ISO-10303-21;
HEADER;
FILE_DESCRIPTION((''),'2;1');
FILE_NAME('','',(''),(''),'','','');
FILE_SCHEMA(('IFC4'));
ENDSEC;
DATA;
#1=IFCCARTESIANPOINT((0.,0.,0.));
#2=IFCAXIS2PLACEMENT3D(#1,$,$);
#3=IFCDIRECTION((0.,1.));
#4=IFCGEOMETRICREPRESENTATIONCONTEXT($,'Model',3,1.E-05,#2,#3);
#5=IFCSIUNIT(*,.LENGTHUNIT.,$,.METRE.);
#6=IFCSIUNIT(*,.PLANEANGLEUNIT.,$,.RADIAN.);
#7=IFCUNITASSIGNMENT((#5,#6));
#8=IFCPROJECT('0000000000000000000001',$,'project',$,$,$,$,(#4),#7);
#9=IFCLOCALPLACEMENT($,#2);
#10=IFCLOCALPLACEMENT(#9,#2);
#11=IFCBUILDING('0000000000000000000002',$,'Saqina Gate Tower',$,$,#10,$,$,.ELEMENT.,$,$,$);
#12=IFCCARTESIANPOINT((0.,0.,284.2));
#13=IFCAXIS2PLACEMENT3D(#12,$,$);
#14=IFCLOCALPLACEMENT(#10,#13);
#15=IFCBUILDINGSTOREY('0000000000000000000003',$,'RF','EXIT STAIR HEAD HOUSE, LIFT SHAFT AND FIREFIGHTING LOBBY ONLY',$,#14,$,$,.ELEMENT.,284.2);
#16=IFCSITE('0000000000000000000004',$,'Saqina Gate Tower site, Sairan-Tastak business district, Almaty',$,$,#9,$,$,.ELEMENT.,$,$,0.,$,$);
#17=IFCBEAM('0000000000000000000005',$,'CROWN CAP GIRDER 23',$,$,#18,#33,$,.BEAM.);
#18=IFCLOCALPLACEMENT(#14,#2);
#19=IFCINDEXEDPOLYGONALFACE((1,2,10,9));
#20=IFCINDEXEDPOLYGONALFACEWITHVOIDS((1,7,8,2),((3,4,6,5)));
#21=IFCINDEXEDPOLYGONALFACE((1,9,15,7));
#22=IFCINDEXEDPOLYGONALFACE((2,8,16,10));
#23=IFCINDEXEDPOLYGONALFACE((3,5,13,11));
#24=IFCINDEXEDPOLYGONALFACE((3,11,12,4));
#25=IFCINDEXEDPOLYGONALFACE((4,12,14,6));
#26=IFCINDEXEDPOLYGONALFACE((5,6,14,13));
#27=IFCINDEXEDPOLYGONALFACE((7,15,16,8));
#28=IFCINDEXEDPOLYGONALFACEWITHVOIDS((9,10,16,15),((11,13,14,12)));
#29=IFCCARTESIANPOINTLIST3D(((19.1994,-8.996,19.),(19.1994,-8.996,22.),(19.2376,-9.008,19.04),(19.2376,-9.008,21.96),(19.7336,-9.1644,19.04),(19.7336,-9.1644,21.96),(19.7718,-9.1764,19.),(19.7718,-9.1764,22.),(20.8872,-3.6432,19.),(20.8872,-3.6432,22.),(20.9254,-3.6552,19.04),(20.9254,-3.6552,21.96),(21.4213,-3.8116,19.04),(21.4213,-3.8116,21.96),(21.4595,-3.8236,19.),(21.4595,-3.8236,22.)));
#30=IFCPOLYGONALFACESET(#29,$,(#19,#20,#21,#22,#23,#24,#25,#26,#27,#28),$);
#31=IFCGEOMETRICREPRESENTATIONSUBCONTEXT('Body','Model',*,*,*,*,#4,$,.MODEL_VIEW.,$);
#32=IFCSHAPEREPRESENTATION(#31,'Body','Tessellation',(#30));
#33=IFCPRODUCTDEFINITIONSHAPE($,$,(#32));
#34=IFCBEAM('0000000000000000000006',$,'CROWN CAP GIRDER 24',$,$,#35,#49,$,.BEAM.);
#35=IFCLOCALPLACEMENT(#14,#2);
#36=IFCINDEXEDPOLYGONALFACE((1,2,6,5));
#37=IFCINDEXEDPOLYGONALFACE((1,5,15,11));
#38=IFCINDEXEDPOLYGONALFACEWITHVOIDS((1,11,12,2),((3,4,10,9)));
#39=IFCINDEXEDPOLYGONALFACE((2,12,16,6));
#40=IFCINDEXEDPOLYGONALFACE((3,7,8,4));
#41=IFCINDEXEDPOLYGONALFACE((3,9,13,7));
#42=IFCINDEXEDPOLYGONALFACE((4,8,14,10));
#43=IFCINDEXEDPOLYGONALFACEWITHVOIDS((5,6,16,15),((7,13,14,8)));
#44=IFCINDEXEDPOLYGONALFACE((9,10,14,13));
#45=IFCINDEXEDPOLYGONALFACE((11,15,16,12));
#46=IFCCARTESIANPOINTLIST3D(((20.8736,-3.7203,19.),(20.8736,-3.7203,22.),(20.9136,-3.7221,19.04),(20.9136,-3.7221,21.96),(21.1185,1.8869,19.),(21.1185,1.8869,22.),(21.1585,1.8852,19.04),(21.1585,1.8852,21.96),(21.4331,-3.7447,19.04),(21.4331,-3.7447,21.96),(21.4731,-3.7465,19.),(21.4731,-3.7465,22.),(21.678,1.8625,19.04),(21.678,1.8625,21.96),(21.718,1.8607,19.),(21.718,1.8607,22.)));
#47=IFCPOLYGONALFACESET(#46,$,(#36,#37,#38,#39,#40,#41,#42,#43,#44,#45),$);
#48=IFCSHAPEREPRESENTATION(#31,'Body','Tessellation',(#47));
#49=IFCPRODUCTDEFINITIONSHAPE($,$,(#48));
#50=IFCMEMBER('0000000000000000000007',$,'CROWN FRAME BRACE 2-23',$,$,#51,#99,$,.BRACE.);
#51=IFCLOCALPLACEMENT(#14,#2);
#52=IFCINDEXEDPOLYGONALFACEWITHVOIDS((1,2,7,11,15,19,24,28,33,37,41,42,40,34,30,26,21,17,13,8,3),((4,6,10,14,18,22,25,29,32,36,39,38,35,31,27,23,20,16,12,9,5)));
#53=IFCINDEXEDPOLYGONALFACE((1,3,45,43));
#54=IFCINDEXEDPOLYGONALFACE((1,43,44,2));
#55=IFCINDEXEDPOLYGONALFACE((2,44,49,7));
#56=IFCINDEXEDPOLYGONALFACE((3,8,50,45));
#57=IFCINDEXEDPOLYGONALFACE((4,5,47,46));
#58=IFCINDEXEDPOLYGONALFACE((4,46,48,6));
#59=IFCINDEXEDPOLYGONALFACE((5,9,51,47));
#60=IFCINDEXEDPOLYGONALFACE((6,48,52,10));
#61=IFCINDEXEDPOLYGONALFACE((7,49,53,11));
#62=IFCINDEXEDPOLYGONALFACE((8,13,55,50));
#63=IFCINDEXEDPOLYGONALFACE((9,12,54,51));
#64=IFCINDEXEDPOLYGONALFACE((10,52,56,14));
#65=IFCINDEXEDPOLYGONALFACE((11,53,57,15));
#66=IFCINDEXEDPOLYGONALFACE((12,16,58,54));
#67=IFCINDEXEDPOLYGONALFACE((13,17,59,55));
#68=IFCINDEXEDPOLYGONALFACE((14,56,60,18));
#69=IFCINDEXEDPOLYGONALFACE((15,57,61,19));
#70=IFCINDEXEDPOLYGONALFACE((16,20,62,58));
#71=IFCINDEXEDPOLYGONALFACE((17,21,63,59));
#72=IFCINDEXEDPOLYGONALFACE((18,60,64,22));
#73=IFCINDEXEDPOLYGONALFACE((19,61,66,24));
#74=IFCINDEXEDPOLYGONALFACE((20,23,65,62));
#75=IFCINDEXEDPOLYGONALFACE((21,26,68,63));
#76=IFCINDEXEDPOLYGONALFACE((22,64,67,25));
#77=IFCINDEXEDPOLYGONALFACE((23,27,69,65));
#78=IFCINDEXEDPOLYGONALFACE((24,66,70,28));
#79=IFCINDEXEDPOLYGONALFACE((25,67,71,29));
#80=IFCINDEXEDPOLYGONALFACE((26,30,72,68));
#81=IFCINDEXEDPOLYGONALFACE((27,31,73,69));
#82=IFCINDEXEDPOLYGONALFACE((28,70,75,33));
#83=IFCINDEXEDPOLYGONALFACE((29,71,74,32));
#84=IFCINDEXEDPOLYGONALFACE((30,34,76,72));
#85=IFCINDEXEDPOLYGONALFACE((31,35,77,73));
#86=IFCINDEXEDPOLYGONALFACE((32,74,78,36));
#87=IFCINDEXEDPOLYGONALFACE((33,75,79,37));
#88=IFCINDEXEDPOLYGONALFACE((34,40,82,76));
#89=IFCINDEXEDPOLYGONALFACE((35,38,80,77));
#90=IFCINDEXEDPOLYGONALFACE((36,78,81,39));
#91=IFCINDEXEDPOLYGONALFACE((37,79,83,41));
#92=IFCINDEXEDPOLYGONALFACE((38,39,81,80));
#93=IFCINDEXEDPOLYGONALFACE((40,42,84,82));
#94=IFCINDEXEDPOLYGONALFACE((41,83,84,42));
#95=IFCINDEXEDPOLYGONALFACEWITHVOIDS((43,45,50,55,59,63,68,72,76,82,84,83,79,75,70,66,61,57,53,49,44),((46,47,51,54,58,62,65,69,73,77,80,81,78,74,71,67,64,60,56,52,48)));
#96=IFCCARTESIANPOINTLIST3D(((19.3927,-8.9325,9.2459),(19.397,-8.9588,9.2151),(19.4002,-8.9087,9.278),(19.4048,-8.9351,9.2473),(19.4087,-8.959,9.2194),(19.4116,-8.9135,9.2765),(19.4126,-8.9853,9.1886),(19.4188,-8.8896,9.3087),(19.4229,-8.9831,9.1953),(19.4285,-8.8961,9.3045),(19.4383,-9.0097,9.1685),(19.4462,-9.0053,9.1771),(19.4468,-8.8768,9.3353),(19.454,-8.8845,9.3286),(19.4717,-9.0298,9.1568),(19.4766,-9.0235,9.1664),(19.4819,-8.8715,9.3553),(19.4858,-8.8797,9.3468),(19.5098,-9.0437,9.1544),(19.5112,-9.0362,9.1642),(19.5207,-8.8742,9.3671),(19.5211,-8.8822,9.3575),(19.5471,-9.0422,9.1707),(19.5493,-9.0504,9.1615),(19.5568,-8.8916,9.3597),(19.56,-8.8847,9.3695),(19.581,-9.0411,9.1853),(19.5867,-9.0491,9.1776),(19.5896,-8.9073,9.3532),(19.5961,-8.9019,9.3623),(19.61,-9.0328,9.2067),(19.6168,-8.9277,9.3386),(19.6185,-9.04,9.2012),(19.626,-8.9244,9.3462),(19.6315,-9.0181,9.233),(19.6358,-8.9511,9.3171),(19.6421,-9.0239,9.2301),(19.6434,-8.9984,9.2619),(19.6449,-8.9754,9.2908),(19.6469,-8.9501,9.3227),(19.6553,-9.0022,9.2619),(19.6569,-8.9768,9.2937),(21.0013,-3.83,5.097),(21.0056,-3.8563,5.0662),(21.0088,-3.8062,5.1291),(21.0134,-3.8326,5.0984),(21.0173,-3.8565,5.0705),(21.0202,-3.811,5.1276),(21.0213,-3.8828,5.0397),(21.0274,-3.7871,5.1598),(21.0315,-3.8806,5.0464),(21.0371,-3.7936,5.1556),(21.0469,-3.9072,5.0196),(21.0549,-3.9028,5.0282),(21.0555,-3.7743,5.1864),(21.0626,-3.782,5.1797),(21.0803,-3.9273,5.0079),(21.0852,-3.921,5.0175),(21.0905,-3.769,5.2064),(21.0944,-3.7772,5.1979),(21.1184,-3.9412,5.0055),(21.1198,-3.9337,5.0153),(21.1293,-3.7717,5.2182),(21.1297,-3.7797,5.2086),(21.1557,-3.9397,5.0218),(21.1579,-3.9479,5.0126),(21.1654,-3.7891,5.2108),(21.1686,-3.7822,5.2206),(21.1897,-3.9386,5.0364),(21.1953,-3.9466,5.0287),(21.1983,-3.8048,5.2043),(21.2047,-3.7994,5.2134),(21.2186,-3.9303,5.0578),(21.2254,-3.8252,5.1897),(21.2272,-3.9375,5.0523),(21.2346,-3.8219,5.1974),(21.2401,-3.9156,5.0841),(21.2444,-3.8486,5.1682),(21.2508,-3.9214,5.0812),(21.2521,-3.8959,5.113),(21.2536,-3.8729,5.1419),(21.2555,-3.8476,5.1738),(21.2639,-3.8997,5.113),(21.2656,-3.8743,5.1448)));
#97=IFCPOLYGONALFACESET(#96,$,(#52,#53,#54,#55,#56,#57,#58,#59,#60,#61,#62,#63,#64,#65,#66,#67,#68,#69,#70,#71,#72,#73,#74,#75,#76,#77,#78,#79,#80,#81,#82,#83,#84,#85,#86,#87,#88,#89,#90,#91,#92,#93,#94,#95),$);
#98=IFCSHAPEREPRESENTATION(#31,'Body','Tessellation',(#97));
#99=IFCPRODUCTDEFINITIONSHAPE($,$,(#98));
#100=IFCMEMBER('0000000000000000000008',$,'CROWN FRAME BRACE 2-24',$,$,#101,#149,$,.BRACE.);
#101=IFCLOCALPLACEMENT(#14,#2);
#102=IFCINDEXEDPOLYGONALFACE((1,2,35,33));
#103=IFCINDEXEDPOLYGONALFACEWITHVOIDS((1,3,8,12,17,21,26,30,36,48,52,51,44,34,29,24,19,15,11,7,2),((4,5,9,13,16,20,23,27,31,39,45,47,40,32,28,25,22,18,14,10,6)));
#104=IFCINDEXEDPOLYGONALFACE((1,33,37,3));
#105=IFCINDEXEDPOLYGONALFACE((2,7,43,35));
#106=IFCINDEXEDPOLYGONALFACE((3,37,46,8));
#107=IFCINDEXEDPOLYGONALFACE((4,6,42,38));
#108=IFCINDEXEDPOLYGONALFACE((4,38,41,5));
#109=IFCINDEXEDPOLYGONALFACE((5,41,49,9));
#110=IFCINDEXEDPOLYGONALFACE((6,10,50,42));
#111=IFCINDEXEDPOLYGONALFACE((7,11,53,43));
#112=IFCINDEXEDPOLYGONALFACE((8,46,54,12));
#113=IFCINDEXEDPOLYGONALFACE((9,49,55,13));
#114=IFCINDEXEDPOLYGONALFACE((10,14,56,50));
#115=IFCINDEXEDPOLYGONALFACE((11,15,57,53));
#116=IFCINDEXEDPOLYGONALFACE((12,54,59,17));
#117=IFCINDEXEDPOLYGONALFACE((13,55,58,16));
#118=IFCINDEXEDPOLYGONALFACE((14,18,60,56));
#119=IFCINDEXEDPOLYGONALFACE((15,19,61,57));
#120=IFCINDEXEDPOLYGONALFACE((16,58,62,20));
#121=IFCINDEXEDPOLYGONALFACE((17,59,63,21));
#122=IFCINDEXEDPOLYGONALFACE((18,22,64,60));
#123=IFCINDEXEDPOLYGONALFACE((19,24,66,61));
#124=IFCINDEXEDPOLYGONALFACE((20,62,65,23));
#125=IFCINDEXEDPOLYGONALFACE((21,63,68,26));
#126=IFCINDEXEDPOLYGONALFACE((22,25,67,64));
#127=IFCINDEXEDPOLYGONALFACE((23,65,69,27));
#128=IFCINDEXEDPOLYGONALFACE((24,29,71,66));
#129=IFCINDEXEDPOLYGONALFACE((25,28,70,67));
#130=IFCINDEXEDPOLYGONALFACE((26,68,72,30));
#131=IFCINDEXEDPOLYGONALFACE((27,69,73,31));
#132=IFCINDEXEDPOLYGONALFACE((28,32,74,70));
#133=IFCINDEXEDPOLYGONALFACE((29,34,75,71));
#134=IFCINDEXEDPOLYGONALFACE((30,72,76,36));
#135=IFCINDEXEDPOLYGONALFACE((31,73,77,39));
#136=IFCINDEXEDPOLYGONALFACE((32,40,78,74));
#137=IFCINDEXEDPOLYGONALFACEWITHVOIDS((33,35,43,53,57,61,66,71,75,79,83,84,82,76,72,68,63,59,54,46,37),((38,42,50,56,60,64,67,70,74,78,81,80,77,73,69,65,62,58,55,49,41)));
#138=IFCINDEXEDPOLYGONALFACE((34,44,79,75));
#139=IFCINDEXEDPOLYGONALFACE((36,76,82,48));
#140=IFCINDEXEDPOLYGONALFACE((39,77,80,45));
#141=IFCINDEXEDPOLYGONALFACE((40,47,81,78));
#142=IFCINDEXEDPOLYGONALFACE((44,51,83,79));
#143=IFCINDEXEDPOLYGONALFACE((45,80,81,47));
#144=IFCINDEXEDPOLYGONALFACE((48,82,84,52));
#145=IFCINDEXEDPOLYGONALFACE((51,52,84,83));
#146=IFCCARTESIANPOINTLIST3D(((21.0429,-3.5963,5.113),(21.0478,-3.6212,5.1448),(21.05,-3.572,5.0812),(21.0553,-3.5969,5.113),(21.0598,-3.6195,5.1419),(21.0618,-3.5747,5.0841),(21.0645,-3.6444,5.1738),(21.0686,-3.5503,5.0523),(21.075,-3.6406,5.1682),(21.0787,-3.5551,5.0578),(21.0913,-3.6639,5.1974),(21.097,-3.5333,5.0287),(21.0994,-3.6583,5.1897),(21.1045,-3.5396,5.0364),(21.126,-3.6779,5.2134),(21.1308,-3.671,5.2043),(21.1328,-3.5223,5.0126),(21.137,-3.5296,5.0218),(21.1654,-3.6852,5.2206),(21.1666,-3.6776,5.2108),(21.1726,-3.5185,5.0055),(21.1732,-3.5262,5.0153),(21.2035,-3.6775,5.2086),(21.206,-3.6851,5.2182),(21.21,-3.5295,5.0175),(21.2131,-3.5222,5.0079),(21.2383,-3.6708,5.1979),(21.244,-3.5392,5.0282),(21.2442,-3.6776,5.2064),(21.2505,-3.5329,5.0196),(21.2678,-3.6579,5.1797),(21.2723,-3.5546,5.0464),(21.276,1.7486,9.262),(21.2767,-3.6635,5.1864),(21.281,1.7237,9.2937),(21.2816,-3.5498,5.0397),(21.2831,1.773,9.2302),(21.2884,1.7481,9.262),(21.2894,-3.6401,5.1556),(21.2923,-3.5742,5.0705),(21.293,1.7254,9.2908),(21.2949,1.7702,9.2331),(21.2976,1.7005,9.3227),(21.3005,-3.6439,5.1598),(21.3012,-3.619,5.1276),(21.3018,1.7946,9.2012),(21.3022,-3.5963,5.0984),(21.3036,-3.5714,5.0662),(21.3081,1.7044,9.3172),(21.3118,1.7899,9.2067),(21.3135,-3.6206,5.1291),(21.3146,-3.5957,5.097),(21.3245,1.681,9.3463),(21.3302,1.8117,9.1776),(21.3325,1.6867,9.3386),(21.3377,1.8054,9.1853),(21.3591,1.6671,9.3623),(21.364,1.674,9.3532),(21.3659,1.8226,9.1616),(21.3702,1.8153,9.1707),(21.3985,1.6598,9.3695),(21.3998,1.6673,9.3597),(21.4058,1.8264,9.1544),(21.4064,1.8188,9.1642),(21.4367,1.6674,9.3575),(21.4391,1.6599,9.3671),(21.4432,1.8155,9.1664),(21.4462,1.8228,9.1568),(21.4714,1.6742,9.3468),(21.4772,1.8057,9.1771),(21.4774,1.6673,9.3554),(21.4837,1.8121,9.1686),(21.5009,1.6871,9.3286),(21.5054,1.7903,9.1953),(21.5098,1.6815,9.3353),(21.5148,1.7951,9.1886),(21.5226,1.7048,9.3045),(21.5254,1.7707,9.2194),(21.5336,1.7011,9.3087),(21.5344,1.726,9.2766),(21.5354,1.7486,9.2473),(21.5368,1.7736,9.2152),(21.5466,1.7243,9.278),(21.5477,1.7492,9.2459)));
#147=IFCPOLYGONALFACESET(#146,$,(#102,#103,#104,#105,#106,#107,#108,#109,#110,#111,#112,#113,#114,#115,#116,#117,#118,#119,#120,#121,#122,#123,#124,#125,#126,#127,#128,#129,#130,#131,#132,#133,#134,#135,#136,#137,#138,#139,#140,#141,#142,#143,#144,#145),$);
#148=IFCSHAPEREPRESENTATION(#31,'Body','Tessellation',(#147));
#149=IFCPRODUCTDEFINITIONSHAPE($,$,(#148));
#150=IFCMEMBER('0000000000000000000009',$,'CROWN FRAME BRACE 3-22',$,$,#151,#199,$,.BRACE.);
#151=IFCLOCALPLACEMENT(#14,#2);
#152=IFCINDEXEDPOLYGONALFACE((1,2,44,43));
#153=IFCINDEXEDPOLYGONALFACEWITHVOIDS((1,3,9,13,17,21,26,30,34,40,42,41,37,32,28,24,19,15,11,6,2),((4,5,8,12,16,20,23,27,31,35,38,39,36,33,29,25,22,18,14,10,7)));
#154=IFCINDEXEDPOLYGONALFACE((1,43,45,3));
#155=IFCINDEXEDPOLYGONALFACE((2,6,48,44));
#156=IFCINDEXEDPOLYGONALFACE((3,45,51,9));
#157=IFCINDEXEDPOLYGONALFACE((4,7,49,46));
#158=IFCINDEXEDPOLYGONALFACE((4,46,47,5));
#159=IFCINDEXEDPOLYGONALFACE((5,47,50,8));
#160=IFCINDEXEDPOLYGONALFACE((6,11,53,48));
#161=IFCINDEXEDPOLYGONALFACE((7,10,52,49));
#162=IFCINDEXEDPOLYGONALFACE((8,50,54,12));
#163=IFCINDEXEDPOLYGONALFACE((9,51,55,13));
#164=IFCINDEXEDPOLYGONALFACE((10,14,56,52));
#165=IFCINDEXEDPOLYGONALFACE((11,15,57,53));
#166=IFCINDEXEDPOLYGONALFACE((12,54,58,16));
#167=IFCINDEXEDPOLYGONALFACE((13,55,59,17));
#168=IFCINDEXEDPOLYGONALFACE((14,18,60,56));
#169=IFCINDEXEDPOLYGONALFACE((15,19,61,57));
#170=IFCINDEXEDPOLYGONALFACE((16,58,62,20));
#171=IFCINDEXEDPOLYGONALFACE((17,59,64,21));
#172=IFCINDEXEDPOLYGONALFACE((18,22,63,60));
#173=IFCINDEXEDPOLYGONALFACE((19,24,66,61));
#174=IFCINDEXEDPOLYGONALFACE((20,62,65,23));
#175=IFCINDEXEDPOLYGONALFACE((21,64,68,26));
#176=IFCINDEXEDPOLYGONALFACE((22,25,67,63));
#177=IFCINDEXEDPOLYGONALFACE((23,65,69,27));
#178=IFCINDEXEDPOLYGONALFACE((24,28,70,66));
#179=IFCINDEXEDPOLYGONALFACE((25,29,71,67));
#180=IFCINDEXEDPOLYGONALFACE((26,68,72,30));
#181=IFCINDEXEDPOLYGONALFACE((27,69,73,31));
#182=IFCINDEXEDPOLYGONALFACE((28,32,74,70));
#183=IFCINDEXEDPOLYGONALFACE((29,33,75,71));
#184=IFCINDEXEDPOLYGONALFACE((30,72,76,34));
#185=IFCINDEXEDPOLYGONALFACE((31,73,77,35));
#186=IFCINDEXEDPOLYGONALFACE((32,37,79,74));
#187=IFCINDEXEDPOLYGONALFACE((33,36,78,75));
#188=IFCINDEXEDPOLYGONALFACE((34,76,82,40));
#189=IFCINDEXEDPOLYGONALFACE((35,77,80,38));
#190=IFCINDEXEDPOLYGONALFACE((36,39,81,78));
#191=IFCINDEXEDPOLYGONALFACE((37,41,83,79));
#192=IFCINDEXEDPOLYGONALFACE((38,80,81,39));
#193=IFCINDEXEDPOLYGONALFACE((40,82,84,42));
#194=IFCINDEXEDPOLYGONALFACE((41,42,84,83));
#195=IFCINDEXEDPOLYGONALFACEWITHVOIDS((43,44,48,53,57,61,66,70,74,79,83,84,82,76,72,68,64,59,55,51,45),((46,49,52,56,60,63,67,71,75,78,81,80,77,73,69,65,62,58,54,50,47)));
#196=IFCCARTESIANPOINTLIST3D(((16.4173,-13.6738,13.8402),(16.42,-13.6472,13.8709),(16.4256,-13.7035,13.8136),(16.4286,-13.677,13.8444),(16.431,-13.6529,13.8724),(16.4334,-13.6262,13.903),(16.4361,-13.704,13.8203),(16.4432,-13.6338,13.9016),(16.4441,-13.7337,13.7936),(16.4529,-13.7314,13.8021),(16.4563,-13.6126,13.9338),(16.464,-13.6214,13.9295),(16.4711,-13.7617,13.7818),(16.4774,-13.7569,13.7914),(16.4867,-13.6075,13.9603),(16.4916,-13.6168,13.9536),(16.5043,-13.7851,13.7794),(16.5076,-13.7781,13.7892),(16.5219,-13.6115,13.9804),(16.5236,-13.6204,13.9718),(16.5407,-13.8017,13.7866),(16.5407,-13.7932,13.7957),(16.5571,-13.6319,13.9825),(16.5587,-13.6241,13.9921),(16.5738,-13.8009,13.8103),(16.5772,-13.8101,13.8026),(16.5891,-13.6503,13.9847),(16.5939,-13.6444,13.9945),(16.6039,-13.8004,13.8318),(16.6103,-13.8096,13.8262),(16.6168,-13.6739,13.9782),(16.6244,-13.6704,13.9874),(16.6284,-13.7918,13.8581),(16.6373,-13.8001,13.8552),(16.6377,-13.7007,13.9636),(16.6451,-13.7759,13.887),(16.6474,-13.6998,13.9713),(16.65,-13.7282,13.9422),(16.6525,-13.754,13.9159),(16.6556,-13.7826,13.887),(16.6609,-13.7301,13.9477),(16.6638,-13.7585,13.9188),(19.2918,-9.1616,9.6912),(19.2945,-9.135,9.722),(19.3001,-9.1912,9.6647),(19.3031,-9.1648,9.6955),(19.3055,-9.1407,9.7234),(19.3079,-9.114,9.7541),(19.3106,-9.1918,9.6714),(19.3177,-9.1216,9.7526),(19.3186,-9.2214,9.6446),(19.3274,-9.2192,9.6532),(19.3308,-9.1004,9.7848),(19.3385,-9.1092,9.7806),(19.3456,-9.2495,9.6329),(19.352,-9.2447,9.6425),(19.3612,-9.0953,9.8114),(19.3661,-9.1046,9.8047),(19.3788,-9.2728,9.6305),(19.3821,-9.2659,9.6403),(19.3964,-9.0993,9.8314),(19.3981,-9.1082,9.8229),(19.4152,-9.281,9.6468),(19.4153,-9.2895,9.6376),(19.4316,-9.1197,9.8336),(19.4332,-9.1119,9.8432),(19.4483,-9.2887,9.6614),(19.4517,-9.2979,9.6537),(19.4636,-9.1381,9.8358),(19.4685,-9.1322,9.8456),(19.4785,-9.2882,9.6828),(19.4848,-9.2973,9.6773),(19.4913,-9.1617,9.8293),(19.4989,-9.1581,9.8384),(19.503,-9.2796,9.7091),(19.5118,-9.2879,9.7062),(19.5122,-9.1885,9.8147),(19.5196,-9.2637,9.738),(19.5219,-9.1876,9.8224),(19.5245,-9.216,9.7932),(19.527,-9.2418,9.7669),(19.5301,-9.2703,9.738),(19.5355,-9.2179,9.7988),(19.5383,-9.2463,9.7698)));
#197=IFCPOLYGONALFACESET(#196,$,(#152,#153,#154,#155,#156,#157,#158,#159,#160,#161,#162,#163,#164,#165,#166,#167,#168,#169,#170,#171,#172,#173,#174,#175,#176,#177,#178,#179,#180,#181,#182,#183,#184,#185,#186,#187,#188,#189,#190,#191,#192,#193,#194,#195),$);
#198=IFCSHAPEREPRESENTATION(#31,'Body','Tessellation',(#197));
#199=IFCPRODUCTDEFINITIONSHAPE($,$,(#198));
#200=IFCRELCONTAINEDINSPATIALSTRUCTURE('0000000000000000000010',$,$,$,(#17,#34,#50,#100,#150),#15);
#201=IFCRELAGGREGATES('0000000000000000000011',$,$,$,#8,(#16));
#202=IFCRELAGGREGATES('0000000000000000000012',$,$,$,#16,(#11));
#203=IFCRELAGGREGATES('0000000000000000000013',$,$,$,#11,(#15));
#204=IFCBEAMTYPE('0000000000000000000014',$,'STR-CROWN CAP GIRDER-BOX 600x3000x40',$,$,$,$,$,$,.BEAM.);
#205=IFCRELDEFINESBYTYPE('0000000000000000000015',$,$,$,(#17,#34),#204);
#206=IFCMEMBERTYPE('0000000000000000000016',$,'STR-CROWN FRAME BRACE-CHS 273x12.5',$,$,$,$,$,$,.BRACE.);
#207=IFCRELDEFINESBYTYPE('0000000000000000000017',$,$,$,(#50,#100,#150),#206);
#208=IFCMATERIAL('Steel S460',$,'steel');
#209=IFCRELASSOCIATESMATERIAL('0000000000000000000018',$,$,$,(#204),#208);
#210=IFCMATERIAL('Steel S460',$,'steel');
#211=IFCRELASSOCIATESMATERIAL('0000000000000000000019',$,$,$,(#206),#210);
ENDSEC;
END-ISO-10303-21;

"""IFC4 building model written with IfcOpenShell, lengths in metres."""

from ifc_helpers import new_model, si_unit, direction, frame, origin, origin_2d, place, context, subcontext, project, spatial, hollow_rectangle, hollow_circle, extrude, material, material_profile, profile_set, type_object, element, save


model = new_model("IFC4")

# Units and contexts
model_context = context("Model", 3, precision=1e-05, world=origin(), true_north=direction((0.0, 1.0)))
body_context = subcontext(model_context, "Body", "Model", "MODEL_VIEW")
ifc_project = project(units=[si_unit("LENGTHUNIT", "METRE"), si_unit("PLANEANGLEUNIT", "RADIAN")], contexts=[model_context])

# Site, building, storey
site_placement = place(None, origin())
site = spatial("IfcSite", under=ifc_project, at=site_placement, Name="Saqina Gate Tower site, Sairan-Tastak business district, Almaty", CompositionType="ELEMENT", RefElevation=0.0)
building_placement = place(site_placement, origin())
building = spatial("IfcBuilding", under=site, at=building_placement, Name="Saqina Gate Tower", CompositionType="ELEMENT")
storey_placement = place(building_placement, frame((0.0, 0.0, 284.2)))
storey = spatial("IfcBuildingStorey", under=building, at=storey_placement, Name="RF", Description="EXIT STAIR HEAD HOUSE, LIFT SHAFT AND FIREFIGHTING LOBBY ONLY", CompositionType="ELEMENT", Elevation=284.2)

# Beams
ifc_material_1 = material(Name="Steel S460", Category="steel")
ifc_material_profile_1 = material_profile(ifc_material_1, hollow_rectangle(XDim=0.6001, YDim=3.0, WallThickness=0.04, at=origin_2d()), Name="BOX 600x3000x40")
ifc_profile_set_1 = profile_set([ifc_material_profile_1], Name="Steel S460")
beam_type_1 = type_object("IfcBeamType", Name="STR-CROWN CAP GIRDER-BOX 600x3000x40", PredefinedType="BEAM", material=ifc_profile_set_1)
for number, where, z_axis, x_axis, name in (
    (1, (19.4856, -9.0862, 20.5), (0.300709, 0.953716, 0.0), (-0.953716, 0.300709, 0.0), "CROWN CAP GIRDER 23"),
    (2, (21.1733, -3.7334, 20.5), (0.04363, 0.999048, 0.0), (-0.999048, 0.04363, 0.0), "CROWN CAP GIRDER 24"),
):
    element("IfcBeam", number, at=place(storey_placement, frame(where, z_axis=z_axis, x_axis=x_axis)), inside=storey, type_object=beam_type_1, Name=name, PredefinedType="BEAM", context=body_context, shape_type="SweptSolid", body=[
        extrude(hollow_rectangle(XDim=0.6001, YDim=3.0, WallThickness=0.04, at=origin_2d()), origin(), (0.0, 0.0, 1.0), 5.6125),
    ])

# Members
ifc_material_2 = material(Name="Steel S460", Category="steel")
ifc_material_profile_2 = material_profile(ifc_material_2, hollow_circle(Radius=0.1365, WallThickness=0.0125, at=origin_2d()), Name="CHS 273x12.5")
ifc_profile_set_2 = profile_set([ifc_material_profile_2], Name="Steel S460")
member_type = type_object("IfcMemberType", Name="STR-CROWN FRAME BRACE-CHS 273x12.5", PredefinedType="BRACE", material=ifc_profile_set_2)
for number, where, z_axis, x_axis, name in (
    (3, (21.1338, -3.8586, 5.113), (-0.237602, -0.753663, 0.612811), (0.953727, -0.300675, 0.0), "CROWN FRAME BRACE 2-23"),
    (4, (21.1792, -3.6023, 5.113), (0.034438, 0.789476, 0.612815), (-0.99905, 0.04358, 0.0), "CROWN FRAME BRACE 2-24"),
    (5, (19.415, -9.197, 9.738), (-0.424579, -0.666475, 0.612816), (0.843398, -0.537289, 0.0), "CROWN FRAME BRACE 3-22"),
):
    element("IfcMember", number, at=place(storey_placement, frame(where, z_axis=z_axis, x_axis=x_axis)), inside=storey, type_object=member_type, Name=name, PredefinedType="BRACE", context=body_context, shape_type="SweptSolid", body=[
        extrude(hollow_circle(Radius=0.1365, WallThickness=0.0125, at=origin_2d()), origin(), (0.0, 0.0, 1.0), 6.7703),
    ])

save(model, "model.ifc")
